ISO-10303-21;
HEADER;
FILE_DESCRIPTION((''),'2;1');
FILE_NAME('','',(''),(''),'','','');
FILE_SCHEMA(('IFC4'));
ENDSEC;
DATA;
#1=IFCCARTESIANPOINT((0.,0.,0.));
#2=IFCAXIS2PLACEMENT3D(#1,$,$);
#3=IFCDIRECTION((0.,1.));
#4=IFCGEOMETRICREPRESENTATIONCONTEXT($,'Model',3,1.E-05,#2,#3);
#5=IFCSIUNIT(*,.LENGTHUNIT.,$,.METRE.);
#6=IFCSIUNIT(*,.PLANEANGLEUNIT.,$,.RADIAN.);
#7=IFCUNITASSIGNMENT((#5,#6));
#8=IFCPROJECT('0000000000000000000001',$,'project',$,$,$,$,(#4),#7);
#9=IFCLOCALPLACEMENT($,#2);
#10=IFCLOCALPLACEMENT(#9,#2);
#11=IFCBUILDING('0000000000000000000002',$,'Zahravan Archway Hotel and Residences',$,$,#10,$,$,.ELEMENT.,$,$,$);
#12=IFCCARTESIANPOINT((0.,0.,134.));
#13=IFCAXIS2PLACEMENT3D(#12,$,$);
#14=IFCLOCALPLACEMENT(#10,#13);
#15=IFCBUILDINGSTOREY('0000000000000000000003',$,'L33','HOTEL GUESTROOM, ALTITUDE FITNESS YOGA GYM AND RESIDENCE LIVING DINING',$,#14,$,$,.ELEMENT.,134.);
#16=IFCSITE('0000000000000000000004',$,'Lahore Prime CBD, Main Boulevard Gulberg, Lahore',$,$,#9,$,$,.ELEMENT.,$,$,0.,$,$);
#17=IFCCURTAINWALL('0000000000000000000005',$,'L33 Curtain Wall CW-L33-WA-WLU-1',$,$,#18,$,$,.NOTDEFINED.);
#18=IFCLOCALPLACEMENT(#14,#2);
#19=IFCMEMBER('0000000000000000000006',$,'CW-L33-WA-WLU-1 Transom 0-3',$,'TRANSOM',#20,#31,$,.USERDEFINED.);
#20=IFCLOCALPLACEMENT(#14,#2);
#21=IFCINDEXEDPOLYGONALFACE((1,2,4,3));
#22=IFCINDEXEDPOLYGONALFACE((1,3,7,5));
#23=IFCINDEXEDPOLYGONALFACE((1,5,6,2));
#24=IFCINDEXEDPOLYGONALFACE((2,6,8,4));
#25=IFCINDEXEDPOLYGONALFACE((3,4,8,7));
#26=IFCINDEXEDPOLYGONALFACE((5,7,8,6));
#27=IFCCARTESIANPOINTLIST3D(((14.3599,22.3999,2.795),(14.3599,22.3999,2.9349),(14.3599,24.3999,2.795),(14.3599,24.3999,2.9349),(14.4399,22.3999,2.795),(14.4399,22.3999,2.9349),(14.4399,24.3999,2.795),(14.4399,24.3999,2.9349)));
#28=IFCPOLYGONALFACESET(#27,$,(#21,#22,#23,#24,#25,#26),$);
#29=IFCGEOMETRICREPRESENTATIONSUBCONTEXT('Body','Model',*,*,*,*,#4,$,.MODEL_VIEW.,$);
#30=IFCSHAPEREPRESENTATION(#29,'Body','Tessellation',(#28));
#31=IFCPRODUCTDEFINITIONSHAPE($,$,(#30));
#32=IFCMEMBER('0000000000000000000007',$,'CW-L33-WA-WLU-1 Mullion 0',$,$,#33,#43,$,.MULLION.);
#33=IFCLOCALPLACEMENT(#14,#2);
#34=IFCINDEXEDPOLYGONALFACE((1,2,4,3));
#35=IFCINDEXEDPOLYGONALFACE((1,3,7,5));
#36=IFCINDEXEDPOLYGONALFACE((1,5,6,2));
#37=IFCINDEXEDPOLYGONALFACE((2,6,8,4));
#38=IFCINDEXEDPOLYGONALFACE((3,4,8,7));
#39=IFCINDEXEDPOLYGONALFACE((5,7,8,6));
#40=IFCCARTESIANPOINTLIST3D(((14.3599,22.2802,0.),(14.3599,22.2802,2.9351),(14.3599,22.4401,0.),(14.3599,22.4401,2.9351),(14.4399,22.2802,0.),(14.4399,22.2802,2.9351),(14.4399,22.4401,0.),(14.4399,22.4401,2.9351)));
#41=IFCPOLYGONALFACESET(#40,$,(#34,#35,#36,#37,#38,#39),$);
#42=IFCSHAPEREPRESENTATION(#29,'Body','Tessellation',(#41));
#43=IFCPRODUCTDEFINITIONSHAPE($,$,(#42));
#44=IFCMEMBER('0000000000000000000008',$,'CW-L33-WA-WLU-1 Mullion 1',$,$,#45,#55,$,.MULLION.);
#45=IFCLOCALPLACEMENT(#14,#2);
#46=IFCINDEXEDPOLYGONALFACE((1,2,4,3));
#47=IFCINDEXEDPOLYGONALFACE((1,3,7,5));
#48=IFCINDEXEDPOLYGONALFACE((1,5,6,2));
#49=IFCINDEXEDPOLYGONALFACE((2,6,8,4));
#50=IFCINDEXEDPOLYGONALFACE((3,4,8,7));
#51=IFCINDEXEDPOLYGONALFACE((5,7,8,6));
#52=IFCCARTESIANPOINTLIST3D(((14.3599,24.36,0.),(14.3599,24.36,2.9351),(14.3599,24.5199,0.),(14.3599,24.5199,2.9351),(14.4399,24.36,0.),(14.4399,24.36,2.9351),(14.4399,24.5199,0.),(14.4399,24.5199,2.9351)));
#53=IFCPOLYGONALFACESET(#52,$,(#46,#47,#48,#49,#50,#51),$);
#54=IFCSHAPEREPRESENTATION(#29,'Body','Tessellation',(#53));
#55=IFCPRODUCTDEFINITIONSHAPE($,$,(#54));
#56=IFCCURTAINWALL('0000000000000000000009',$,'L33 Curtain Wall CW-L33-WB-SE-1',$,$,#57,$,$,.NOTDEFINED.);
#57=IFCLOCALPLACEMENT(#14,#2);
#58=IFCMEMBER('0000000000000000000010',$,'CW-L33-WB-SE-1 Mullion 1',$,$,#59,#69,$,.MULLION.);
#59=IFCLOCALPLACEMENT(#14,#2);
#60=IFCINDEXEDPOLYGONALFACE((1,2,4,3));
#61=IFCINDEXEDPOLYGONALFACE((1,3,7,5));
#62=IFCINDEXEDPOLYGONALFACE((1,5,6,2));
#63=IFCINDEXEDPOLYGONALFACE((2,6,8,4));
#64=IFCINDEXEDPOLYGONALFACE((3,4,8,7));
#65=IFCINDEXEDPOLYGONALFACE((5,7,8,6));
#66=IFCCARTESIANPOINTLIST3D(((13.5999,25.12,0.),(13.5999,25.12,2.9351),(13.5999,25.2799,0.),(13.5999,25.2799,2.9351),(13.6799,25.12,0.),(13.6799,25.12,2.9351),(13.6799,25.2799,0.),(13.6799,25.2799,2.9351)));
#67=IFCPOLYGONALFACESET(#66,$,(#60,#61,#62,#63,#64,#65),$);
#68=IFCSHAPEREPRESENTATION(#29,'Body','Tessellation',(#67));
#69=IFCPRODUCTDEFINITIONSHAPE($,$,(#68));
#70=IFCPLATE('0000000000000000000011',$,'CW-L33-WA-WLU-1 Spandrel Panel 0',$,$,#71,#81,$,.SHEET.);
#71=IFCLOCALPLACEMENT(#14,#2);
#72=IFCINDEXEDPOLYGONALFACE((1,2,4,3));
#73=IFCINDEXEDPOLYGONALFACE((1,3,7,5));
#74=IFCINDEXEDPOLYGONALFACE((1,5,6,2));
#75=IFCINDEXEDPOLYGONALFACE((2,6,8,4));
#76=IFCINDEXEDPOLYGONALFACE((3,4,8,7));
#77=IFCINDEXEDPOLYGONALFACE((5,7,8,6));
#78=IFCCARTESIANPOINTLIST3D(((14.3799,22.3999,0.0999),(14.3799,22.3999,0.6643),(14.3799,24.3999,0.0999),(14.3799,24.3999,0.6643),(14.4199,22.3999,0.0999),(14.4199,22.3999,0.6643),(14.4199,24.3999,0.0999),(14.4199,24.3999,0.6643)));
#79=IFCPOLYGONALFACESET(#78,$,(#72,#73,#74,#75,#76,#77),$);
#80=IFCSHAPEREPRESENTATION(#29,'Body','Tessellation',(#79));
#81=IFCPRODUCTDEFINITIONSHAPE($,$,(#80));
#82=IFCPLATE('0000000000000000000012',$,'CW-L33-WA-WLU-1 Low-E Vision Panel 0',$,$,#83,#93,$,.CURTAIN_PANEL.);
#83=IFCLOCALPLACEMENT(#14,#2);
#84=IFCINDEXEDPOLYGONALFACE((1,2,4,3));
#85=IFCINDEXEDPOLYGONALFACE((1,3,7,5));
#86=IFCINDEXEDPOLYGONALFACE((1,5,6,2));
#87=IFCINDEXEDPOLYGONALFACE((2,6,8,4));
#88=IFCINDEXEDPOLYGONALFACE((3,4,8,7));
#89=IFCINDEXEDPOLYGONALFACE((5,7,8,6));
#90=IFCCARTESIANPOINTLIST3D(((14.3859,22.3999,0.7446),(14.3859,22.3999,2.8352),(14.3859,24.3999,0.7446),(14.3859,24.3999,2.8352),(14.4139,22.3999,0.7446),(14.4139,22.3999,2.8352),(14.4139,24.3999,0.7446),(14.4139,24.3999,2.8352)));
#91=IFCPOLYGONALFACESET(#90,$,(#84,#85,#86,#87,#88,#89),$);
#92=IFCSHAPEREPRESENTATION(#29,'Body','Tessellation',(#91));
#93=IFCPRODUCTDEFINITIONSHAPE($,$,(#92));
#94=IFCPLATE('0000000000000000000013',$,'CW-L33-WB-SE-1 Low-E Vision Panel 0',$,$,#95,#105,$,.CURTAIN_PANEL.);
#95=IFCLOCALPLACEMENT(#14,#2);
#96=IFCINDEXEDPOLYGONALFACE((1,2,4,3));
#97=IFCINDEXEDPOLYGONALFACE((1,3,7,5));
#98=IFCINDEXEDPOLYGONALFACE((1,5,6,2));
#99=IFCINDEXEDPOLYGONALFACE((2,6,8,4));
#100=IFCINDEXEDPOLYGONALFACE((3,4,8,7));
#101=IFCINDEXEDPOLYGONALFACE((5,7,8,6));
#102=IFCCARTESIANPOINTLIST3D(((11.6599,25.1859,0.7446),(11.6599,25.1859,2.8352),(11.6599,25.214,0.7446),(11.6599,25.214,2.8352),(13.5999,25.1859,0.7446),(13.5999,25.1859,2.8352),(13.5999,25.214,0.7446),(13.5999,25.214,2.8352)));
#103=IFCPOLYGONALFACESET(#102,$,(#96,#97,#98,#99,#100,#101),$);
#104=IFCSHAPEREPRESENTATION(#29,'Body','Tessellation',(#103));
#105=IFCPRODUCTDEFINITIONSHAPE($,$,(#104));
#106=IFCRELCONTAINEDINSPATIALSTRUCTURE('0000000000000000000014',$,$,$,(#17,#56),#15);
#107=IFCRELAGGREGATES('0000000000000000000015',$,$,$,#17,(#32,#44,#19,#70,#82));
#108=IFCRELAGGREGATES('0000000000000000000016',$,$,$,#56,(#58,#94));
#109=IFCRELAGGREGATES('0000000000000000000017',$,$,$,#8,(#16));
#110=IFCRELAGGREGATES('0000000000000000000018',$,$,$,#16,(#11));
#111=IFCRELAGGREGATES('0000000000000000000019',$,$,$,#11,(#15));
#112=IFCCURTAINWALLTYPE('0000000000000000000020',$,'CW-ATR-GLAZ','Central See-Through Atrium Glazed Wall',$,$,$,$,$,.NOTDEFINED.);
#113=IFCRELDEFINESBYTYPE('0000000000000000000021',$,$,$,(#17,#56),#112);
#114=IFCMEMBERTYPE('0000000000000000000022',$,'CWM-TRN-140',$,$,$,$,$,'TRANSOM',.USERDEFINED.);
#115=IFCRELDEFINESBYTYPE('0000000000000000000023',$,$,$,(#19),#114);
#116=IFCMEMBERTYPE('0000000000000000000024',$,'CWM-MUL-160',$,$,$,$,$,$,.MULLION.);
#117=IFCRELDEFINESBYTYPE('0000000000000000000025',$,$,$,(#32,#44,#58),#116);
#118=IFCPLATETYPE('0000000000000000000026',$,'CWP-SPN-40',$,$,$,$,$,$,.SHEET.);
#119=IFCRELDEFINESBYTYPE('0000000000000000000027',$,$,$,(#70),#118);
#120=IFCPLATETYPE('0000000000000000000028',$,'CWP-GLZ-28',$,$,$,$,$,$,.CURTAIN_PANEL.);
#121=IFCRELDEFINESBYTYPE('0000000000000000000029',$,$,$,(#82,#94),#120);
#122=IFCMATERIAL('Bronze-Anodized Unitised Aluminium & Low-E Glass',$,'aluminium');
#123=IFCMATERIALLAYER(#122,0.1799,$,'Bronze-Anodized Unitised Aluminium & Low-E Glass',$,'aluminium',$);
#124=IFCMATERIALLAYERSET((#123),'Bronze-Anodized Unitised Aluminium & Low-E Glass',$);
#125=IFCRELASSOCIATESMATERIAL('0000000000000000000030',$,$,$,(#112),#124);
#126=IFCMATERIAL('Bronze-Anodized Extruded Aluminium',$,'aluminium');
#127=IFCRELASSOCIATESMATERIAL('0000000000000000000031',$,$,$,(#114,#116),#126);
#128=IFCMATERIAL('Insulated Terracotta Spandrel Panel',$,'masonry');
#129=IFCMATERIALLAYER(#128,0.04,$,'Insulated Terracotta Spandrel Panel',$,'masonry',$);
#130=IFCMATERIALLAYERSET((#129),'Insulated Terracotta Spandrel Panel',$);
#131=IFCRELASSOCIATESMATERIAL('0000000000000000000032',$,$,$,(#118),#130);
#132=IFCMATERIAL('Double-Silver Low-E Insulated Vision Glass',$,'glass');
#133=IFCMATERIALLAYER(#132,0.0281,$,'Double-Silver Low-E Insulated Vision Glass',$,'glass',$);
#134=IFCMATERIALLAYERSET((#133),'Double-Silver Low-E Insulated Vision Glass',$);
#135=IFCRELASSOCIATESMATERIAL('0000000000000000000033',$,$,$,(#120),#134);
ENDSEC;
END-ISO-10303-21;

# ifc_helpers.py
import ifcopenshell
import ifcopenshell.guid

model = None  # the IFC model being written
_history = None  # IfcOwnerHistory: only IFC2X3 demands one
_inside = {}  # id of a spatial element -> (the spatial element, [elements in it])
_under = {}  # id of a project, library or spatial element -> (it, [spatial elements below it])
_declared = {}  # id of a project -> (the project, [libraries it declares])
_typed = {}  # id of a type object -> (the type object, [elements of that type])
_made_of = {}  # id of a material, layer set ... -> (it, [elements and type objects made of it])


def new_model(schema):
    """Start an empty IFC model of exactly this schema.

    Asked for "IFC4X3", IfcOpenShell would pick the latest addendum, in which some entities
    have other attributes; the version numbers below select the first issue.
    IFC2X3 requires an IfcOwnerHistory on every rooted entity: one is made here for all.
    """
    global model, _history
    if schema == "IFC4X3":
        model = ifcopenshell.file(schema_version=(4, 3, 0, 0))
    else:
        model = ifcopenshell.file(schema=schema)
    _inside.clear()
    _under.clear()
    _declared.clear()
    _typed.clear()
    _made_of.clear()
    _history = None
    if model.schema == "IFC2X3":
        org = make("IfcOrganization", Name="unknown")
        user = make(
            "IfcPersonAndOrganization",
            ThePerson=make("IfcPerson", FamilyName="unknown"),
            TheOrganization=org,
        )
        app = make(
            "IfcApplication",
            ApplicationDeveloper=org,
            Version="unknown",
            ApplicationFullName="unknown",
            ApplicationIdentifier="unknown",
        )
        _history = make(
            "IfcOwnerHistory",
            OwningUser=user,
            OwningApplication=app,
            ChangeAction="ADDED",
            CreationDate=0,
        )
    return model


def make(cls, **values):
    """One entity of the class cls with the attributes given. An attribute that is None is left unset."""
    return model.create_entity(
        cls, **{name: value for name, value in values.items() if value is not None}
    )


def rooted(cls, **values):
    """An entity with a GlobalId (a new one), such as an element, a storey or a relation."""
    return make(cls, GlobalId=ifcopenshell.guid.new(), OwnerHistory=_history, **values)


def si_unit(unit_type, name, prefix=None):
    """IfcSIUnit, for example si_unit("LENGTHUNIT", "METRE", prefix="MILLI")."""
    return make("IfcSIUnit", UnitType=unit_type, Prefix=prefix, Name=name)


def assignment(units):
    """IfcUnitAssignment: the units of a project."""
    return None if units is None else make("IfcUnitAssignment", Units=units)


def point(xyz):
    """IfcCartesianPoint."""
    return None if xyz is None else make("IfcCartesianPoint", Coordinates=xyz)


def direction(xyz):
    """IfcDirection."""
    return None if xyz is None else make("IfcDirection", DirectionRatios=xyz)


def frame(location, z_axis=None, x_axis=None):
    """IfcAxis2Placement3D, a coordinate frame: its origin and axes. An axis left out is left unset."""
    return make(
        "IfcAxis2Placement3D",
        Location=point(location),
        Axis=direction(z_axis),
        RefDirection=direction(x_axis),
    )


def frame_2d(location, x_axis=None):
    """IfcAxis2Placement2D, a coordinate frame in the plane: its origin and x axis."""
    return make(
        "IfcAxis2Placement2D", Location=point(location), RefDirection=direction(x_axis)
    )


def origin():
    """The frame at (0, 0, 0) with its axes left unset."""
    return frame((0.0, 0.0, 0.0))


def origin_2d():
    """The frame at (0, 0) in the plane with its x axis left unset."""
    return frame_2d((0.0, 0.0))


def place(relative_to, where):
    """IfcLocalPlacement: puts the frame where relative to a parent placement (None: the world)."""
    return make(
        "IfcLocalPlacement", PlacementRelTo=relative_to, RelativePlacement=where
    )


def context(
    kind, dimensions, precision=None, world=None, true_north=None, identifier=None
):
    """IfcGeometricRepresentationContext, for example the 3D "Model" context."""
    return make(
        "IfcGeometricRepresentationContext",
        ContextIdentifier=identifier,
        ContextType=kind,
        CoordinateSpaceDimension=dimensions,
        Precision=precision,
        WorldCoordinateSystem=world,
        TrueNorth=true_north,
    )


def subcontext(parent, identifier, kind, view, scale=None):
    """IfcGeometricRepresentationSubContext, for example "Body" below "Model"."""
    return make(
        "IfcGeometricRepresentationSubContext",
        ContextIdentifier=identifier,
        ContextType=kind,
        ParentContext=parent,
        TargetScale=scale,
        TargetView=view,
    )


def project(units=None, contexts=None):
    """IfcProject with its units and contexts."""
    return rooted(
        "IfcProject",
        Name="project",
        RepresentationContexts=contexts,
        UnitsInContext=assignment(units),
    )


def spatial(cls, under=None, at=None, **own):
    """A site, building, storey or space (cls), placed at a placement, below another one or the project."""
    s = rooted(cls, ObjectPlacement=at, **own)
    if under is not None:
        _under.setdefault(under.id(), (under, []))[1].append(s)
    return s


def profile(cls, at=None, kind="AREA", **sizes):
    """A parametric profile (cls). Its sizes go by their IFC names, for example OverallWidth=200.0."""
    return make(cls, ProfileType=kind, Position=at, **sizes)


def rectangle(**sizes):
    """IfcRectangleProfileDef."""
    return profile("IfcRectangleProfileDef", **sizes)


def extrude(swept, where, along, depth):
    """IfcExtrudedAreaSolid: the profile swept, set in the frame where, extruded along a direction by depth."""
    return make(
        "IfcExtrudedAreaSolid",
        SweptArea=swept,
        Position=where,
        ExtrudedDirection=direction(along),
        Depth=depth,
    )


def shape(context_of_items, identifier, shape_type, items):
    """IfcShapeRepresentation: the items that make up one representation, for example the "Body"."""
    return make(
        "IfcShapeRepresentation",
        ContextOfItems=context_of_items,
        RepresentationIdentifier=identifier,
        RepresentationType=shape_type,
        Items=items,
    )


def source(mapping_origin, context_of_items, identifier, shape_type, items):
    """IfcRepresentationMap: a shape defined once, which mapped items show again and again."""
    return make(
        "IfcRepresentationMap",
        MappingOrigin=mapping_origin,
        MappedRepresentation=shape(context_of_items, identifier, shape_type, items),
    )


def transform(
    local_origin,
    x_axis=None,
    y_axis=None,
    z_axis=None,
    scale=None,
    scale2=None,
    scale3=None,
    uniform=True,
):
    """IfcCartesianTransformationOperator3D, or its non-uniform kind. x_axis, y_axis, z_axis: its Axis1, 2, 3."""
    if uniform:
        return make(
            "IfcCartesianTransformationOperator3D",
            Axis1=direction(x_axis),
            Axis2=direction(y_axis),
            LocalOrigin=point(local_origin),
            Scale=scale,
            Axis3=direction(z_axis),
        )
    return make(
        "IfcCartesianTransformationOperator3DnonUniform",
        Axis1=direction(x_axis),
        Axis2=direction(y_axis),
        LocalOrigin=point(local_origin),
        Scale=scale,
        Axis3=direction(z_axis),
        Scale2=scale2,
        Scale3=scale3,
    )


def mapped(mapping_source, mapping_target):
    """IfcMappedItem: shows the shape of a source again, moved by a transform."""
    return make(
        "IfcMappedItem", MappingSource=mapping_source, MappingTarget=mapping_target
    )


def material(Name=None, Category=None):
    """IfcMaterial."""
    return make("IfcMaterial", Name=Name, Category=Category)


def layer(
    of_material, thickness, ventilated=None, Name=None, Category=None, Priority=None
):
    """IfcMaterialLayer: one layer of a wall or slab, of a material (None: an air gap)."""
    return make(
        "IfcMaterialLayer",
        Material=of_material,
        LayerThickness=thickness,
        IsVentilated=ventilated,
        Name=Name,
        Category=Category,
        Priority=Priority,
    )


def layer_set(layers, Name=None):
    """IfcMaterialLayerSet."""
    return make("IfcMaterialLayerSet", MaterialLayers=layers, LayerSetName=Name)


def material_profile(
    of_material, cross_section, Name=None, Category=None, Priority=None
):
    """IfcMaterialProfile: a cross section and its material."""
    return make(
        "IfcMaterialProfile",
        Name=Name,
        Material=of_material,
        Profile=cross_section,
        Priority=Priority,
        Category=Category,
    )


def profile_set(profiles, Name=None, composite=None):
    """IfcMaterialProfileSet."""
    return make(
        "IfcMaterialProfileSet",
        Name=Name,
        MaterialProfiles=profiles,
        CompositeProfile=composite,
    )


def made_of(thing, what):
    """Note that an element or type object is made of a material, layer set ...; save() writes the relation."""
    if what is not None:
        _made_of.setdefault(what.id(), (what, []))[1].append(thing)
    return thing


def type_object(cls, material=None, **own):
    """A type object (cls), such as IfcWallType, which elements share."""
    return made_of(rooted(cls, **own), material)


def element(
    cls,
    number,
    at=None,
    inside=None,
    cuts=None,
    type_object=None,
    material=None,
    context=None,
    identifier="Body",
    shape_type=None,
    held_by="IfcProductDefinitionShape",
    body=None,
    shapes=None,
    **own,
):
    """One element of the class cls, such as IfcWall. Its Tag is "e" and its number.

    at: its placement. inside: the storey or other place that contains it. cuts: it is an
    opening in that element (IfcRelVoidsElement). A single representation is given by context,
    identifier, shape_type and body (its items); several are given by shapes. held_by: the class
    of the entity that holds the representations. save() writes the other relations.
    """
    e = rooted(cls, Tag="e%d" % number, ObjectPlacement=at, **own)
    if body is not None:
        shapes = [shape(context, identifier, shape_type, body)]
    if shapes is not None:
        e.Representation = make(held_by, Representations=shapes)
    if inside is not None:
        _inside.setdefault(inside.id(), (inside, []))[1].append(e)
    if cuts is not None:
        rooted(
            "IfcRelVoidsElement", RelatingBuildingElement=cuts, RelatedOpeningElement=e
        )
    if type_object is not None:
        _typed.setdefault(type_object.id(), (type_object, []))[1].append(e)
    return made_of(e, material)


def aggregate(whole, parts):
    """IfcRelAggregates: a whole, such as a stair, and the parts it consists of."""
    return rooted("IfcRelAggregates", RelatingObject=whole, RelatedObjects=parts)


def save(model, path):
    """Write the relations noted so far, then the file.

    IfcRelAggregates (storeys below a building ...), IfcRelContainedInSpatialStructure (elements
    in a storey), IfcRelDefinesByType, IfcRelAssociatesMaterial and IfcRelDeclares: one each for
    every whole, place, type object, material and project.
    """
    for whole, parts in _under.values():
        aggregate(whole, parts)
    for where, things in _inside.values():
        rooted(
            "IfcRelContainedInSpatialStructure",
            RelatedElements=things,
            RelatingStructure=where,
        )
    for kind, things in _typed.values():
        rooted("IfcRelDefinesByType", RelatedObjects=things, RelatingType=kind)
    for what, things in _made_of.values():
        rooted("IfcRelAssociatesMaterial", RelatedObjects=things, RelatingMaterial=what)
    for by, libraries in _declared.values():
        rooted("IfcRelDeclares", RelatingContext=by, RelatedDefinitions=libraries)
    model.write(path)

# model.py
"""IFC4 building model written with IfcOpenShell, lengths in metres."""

from ifc_helpers import new_model, si_unit, direction, frame, origin, origin_2d, place, context, subcontext, project, spatial, rectangle, extrude, source, transform, mapped, material, layer, layer_set, material_profile, profile_set, type_object, element, aggregate, save


model = new_model("IFC4")

# Units and contexts
model_context = context("Model", 3, precision=1e-05, world=origin(), true_north=direction((0.0, 1.0)))
body_context = subcontext(model_context, "Body", "Model", "MODEL_VIEW")
ifc_project = project(units=[si_unit("LENGTHUNIT", "METRE"), si_unit("PLANEANGLEUNIT", "RADIAN")], contexts=[model_context])

# Site, building, storey
site_placement = place(None, origin())
site = spatial("IfcSite", under=ifc_project, at=site_placement, Name="Lahore Prime CBD, Main Boulevard Gulberg, Lahore", CompositionType="ELEMENT", RefElevation=0.0)
building_placement = place(site_placement, origin())
building = spatial("IfcBuilding", under=site, at=building_placement, Name="Zahravan Archway Hotel and Residences", CompositionType="ELEMENT")
storey_placement = place(building_placement, frame((0.0, 0.0, 134.0)))
storey = spatial("IfcBuildingStorey", under=building, at=storey_placement, Name="L33", Description="HOTEL GUESTROOM, ALTITUDE FITNESS YOGA GYM AND RESIDENCE LIVING DINING", CompositionType="ELEMENT", Elevation=134.0)

# Curtain wall, members
ifc_material_1 = material(Name="Bronze-Anodized Unitised Aluminium & Low-E Glass", Category="aluminium")
ifc_layer_1 = layer(ifc_material_1, 0.1799, Name="Bronze-Anodized Unitised Aluminium & Low-E Glass", Category="aluminium")
ifc_layer_set_1 = layer_set([ifc_layer_1], Name="Bronze-Anodized Unitised Aluminium & Low-E Glass")
curtain_wall_type = type_object("IfcCurtainWallType", Name="CW-ATR-GLAZ", Description="Central See-Through Atrium Glazed Wall", PredefinedType="NOTDEFINED", material=ifc_layer_set_1)
curtain_wall_1_placement = place(storey_placement, origin())
curtain_wall_1 = element("IfcCurtainWall", 1, at=curtain_wall_1_placement, inside=storey, type_object=curtain_wall_type, Name="L33 Curtain Wall CW-L33-WA-WLU-1", PredefinedType="NOTDEFINED")
ifc_material_2 = material(Name="Bronze-Anodized Extruded Aluminium", Category="aluminium")
ifc_material_profile_1 = material_profile(ifc_material_2, rectangle(XDim=0.0801, YDim=0.1399, at=origin_2d()), Name="TRN 80x140", Category="aluminium")
ifc_profile_set_1 = profile_set([ifc_material_profile_1], Name="Bronze-Anodized Extruded Aluminium")
member_type_1 = type_object("IfcMemberType", Name="CWM-TRN-140", ElementType="TRANSOM", PredefinedType="USERDEFINED", material=ifc_profile_set_1)
shared_shape_1 = source(origin(), body_context, "Body", "SweptSolid", [
    extrude(rectangle(XDim=0.0801, YDim=0.1399, at=origin_2d()), origin(), (0.0, 0.0, 1.0), 2.0),
])
member_1_placement = place(storey_placement, frame((14.3999, 22.3999, 2.865), z_axis=(0.0, 1.0, 0.0), x_axis=(-1.0, 0.0, 0.0)))
member_1 = element("IfcMember", 2, at=member_1_placement, type_object=member_type_1, Name="CW-L33-WA-WLU-1 Transom 0-3", ObjectType="TRANSOM", PredefinedType="USERDEFINED", context=body_context, shape_type="MappedRepresentation", body=[
    mapped(shared_shape_1, transform((0.0, 0.0, 0.0), scale=1.0)),
])
ifc_material_profile_2 = material_profile(ifc_material_2, rectangle(XDim=0.0801, YDim=0.1599, at=origin_2d()), Name="MUL 80x160", Category="aluminium")
ifc_profile_set_2 = profile_set([ifc_material_profile_2], Name="Bronze-Anodized Extruded Aluminium")
member_type_2 = type_object("IfcMemberType", Name="CWM-MUL-160", PredefinedType="MULLION", material=ifc_profile_set_2)
shared_shape_2 = source(origin(), body_context, "Body", "SweptSolid", [
    extrude(rectangle(XDim=0.0801, YDim=0.1599, at=origin_2d()), origin(), (0.0, 0.0, 1.0), 2.9351),
])
member_2_placement = place(storey_placement, frame((14.3999, 22.3601, 0.0), z_axis=(0.0, 0.0, 1.0), x_axis=(1.0, 0.0, 0.0)))
member_2 = element("IfcMember", 3, at=member_2_placement, type_object=member_type_2, Name="CW-L33-WA-WLU-1 Mullion 0", PredefinedType="MULLION", context=body_context, shape_type="MappedRepresentation", body=[
    mapped(shared_shape_2, transform((0.0, 0.0, 0.0), scale=1.0)),
])
member_3_placement = place(storey_placement, frame((14.3999, 24.4399, 0.0), z_axis=(0.0, 0.0, 1.0), x_axis=(1.0, 0.0, 0.0)))
member_3 = element("IfcMember", 4, at=member_3_placement, type_object=member_type_2, Name="CW-L33-WA-WLU-1 Mullion 1", PredefinedType="MULLION", context=body_context, shape_type="MappedRepresentation", body=[
    mapped(shared_shape_2, transform((0.0, 0.0, 0.0), scale=1.0)),
])

# Curtain wall, member
curtain_wall_2_placement = place(storey_placement, origin())
curtain_wall_2 = element("IfcCurtainWall", 5, at=curtain_wall_2_placement, inside=storey, type_object=curtain_wall_type, Name="L33 Curtain Wall CW-L33-WB-SE-1", PredefinedType="NOTDEFINED")
member_4_placement = place(storey_placement, frame((13.6399, 25.2, 0.0), z_axis=(0.0, 0.0, 1.0), x_axis=(1.0, 0.0, 0.0)))
member_4 = element("IfcMember", 6, at=member_4_placement, type_object=member_type_2, Name="CW-L33-WB-SE-1 Mullion 1", PredefinedType="MULLION", context=body_context, shape_type="MappedRepresentation", body=[
    mapped(shared_shape_2, transform((0.0, 0.0, 0.0), scale=1.0)),
])

# Plates
ifc_material_3 = material(Name="Insulated Terracotta Spandrel Panel", Category="masonry")
ifc_layer_2 = layer(ifc_material_3, 0.04, Name="Insulated Terracotta Spandrel Panel", Category="masonry")
ifc_layer_set_2 = layer_set([ifc_layer_2], Name="Insulated Terracotta Spandrel Panel")
plate_type_1 = type_object("IfcPlateType", Name="CWP-SPN-40", PredefinedType="SHEET", material=ifc_layer_set_2)
shared_shape_3 = source(origin(), body_context, "Body", "SweptSolid", [
    extrude(rectangle(XDim=2.0, YDim=0.04, at=origin_2d()), origin(), (0.0, 0.0, 1.0), 0.5645),
])
plate_1_placement = place(storey_placement, frame((14.3999, 23.3999, 0.0999), z_axis=(0.0, 0.0, 1.0), x_axis=(0.0, 1.0, 0.0)))
plate_1 = element("IfcPlate", 7, at=plate_1_placement, type_object=plate_type_1, Name="CW-L33-WA-WLU-1 Spandrel Panel 0", PredefinedType="SHEET", context=body_context, shape_type="MappedRepresentation", body=[
    mapped(shared_shape_3, transform((0.0, 0.0, 0.0), scale=1.0)),
])
ifc_material_4 = material(Name="Double-Silver Low-E Insulated Vision Glass", Category="glass")
ifc_layer_3 = layer(ifc_material_4, 0.0281, Name="Double-Silver Low-E Insulated Vision Glass", Category="glass")
ifc_layer_set_3 = layer_set([ifc_layer_3], Name="Double-Silver Low-E Insulated Vision Glass")
plate_type_2 = type_object("IfcPlateType", Name="CWP-GLZ-28", PredefinedType="CURTAIN_PANEL", material=ifc_layer_set_3)
shared_shape_4 = source(origin(), body_context, "Body", "SweptSolid", [
    extrude(rectangle(XDim=2.0, YDim=0.0281, at=origin_2d()), origin(), (0.0, 0.0, 1.0), 2.0906),
])
plate_2_placement = place(storey_placement, frame((14.3999, 23.3999, 0.7446), z_axis=(0.0, 0.0, 1.0), x_axis=(0.0, 1.0, 0.0)))
plate_2 = element("IfcPlate", 8, at=plate_2_placement, type_object=plate_type_2, Name="CW-L33-WA-WLU-1 Low-E Vision Panel 0", PredefinedType="CURTAIN_PANEL", context=body_context, shape_type="MappedRepresentation", body=[
    mapped(shared_shape_4, transform((0.0, 0.0, 0.0), scale=1.0)),
])
aggregate(curtain_wall_1, [member_2, member_3, member_1, plate_1, plate_2])
shared_shape_5 = source(origin(), body_context, "Body", "SweptSolid", [
    extrude(rectangle(XDim=1.9399, YDim=0.0281, at=origin_2d()), origin(), (0.0, 0.0, 1.0), 2.0906),
])
plate_3_placement = place(storey_placement, frame((12.6299, 25.2, 0.7446), z_axis=(0.0, 0.0, 1.0), x_axis=(1.0, 0.0, 0.0)))
plate_3 = element("IfcPlate", 9, at=plate_3_placement, type_object=plate_type_2, Name="CW-L33-WB-SE-1 Low-E Vision Panel 0", PredefinedType="CURTAIN_PANEL", context=body_context, shape_type="MappedRepresentation", body=[
    mapped(shared_shape_5, transform((0.0, 0.0, 0.0), scale=1.0)),
])
aggregate(curtain_wall_2, [member_4, plate_3])

save(model, "model.ifc")
